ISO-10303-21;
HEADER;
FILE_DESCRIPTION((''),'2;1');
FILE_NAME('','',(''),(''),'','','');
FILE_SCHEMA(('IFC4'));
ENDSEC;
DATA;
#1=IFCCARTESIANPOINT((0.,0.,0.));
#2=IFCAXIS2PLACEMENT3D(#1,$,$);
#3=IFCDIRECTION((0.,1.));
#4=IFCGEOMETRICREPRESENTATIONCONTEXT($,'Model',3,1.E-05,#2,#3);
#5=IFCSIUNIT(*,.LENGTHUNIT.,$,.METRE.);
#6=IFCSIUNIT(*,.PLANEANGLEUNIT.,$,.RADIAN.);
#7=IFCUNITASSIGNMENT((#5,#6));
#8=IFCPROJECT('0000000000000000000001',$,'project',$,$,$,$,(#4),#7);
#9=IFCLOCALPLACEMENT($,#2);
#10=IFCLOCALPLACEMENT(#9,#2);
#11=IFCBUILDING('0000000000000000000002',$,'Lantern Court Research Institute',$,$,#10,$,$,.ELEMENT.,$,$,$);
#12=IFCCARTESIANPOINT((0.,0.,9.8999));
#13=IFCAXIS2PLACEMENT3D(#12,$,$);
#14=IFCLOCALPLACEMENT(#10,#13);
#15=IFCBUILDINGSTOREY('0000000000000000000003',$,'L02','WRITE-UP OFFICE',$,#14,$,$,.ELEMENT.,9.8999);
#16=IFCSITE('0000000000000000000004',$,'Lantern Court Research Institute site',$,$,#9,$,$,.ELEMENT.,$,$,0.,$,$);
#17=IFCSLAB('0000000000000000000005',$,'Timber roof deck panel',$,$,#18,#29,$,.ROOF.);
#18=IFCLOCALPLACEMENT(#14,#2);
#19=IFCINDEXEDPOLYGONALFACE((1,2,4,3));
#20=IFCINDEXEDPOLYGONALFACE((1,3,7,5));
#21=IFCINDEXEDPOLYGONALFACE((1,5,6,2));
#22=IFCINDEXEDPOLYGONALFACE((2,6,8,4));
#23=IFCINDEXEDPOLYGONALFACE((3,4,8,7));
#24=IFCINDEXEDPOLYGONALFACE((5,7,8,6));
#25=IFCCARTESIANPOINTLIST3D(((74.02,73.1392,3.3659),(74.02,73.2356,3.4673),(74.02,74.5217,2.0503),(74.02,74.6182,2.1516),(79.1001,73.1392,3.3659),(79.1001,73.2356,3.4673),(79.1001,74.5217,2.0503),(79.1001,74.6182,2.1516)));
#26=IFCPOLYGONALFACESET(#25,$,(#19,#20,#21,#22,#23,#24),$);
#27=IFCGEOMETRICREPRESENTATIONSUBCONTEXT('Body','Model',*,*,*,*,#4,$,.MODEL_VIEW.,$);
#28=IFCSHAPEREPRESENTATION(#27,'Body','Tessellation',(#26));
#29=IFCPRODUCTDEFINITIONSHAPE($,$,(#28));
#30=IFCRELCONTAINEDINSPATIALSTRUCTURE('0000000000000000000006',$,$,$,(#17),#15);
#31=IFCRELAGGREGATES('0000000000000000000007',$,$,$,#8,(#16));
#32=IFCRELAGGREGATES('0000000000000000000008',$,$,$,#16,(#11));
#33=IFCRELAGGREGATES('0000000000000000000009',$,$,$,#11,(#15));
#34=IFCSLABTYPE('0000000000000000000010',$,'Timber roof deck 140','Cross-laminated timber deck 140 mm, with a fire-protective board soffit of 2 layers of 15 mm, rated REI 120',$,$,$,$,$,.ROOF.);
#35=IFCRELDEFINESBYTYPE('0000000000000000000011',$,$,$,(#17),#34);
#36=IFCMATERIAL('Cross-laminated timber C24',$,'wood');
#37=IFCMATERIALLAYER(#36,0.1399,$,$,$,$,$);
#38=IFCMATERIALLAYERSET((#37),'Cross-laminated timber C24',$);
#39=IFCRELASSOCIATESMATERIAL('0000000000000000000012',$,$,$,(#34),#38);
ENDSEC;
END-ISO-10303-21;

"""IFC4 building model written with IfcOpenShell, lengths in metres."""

from ifc_helpers import new_model, si_unit, direction, frame, origin, place, context, subcontext, project, spatial, polyline, outline, extrude, material, layer, layer_set, type_object, element, save


model = new_model("IFC4")

# Units and contexts
model_context = context("Model", 3, precision=1e-05, world=origin(), true_north=direction((0.0, 1.0)))
body_context = subcontext(model_context, "Body", "Model", "MODEL_VIEW")
ifc_project = project(units=[si_unit("LENGTHUNIT", "METRE"), si_unit("PLANEANGLEUNIT", "RADIAN")], contexts=[model_context])

# Site, building, storey
site_placement = place(None, origin())
site = spatial("IfcSite", under=ifc_project, at=site_placement, Name="Lantern Court Research Institute site", CompositionType="ELEMENT", RefElevation=0.0)
building_placement = place(site_placement, origin())
building = spatial("IfcBuilding", under=site, at=building_placement, Name="Lantern Court Research Institute", CompositionType="ELEMENT")
storey_placement = place(building_placement, frame((0.0, 0.0, 9.8999)))
storey = spatial("IfcBuildingStorey", under=building, at=storey_placement, Name="L02", Description="WRITE-UP OFFICE", CompositionType="ELEMENT", Elevation=9.8999)

# Slab
ifc_material_1 = material(Name="Cross-laminated timber C24", Category="wood")
ifc_layer_1 = layer(ifc_material_1, 0.1399)
ifc_layer_set_1 = layer_set([ifc_layer_1], Name="Cross-laminated timber C24")
slab_type_1 = type_object("IfcSlabType", Name="Timber roof deck 140", Description="Cross-laminated timber deck 140 mm, with a fire-protective board soffit of 2 layers of 15 mm, rated REI 120", PredefinedType="ROOF", material=ifc_layer_set_1)
for number, where, z_axis, x_axis, name in (
    (1, (74.02, 73.2356, 3.4673), (0.0, 0.689364, 0.724415), (1.0, 0.0, 0.0), "Timber roof deck panel"),
):
    element("IfcSlab", number, at=place(storey_placement, frame(where, z_axis=z_axis, x_axis=x_axis)), inside=storey, type_object=slab_type_1, Name=name, PredefinedType="ROOF", context=body_context, shape_type="SweptSolid", body=[
        extrude(outline(polyline([(0.0, 0.0), (5.0801, 0.0), (5.0801, 1.9085), (0.0, 1.9085), (0.0, 0.0)])), origin(), (0.0, 0.0, -1.0), 0.1399),
    ])

save(model, "model.ifc")
